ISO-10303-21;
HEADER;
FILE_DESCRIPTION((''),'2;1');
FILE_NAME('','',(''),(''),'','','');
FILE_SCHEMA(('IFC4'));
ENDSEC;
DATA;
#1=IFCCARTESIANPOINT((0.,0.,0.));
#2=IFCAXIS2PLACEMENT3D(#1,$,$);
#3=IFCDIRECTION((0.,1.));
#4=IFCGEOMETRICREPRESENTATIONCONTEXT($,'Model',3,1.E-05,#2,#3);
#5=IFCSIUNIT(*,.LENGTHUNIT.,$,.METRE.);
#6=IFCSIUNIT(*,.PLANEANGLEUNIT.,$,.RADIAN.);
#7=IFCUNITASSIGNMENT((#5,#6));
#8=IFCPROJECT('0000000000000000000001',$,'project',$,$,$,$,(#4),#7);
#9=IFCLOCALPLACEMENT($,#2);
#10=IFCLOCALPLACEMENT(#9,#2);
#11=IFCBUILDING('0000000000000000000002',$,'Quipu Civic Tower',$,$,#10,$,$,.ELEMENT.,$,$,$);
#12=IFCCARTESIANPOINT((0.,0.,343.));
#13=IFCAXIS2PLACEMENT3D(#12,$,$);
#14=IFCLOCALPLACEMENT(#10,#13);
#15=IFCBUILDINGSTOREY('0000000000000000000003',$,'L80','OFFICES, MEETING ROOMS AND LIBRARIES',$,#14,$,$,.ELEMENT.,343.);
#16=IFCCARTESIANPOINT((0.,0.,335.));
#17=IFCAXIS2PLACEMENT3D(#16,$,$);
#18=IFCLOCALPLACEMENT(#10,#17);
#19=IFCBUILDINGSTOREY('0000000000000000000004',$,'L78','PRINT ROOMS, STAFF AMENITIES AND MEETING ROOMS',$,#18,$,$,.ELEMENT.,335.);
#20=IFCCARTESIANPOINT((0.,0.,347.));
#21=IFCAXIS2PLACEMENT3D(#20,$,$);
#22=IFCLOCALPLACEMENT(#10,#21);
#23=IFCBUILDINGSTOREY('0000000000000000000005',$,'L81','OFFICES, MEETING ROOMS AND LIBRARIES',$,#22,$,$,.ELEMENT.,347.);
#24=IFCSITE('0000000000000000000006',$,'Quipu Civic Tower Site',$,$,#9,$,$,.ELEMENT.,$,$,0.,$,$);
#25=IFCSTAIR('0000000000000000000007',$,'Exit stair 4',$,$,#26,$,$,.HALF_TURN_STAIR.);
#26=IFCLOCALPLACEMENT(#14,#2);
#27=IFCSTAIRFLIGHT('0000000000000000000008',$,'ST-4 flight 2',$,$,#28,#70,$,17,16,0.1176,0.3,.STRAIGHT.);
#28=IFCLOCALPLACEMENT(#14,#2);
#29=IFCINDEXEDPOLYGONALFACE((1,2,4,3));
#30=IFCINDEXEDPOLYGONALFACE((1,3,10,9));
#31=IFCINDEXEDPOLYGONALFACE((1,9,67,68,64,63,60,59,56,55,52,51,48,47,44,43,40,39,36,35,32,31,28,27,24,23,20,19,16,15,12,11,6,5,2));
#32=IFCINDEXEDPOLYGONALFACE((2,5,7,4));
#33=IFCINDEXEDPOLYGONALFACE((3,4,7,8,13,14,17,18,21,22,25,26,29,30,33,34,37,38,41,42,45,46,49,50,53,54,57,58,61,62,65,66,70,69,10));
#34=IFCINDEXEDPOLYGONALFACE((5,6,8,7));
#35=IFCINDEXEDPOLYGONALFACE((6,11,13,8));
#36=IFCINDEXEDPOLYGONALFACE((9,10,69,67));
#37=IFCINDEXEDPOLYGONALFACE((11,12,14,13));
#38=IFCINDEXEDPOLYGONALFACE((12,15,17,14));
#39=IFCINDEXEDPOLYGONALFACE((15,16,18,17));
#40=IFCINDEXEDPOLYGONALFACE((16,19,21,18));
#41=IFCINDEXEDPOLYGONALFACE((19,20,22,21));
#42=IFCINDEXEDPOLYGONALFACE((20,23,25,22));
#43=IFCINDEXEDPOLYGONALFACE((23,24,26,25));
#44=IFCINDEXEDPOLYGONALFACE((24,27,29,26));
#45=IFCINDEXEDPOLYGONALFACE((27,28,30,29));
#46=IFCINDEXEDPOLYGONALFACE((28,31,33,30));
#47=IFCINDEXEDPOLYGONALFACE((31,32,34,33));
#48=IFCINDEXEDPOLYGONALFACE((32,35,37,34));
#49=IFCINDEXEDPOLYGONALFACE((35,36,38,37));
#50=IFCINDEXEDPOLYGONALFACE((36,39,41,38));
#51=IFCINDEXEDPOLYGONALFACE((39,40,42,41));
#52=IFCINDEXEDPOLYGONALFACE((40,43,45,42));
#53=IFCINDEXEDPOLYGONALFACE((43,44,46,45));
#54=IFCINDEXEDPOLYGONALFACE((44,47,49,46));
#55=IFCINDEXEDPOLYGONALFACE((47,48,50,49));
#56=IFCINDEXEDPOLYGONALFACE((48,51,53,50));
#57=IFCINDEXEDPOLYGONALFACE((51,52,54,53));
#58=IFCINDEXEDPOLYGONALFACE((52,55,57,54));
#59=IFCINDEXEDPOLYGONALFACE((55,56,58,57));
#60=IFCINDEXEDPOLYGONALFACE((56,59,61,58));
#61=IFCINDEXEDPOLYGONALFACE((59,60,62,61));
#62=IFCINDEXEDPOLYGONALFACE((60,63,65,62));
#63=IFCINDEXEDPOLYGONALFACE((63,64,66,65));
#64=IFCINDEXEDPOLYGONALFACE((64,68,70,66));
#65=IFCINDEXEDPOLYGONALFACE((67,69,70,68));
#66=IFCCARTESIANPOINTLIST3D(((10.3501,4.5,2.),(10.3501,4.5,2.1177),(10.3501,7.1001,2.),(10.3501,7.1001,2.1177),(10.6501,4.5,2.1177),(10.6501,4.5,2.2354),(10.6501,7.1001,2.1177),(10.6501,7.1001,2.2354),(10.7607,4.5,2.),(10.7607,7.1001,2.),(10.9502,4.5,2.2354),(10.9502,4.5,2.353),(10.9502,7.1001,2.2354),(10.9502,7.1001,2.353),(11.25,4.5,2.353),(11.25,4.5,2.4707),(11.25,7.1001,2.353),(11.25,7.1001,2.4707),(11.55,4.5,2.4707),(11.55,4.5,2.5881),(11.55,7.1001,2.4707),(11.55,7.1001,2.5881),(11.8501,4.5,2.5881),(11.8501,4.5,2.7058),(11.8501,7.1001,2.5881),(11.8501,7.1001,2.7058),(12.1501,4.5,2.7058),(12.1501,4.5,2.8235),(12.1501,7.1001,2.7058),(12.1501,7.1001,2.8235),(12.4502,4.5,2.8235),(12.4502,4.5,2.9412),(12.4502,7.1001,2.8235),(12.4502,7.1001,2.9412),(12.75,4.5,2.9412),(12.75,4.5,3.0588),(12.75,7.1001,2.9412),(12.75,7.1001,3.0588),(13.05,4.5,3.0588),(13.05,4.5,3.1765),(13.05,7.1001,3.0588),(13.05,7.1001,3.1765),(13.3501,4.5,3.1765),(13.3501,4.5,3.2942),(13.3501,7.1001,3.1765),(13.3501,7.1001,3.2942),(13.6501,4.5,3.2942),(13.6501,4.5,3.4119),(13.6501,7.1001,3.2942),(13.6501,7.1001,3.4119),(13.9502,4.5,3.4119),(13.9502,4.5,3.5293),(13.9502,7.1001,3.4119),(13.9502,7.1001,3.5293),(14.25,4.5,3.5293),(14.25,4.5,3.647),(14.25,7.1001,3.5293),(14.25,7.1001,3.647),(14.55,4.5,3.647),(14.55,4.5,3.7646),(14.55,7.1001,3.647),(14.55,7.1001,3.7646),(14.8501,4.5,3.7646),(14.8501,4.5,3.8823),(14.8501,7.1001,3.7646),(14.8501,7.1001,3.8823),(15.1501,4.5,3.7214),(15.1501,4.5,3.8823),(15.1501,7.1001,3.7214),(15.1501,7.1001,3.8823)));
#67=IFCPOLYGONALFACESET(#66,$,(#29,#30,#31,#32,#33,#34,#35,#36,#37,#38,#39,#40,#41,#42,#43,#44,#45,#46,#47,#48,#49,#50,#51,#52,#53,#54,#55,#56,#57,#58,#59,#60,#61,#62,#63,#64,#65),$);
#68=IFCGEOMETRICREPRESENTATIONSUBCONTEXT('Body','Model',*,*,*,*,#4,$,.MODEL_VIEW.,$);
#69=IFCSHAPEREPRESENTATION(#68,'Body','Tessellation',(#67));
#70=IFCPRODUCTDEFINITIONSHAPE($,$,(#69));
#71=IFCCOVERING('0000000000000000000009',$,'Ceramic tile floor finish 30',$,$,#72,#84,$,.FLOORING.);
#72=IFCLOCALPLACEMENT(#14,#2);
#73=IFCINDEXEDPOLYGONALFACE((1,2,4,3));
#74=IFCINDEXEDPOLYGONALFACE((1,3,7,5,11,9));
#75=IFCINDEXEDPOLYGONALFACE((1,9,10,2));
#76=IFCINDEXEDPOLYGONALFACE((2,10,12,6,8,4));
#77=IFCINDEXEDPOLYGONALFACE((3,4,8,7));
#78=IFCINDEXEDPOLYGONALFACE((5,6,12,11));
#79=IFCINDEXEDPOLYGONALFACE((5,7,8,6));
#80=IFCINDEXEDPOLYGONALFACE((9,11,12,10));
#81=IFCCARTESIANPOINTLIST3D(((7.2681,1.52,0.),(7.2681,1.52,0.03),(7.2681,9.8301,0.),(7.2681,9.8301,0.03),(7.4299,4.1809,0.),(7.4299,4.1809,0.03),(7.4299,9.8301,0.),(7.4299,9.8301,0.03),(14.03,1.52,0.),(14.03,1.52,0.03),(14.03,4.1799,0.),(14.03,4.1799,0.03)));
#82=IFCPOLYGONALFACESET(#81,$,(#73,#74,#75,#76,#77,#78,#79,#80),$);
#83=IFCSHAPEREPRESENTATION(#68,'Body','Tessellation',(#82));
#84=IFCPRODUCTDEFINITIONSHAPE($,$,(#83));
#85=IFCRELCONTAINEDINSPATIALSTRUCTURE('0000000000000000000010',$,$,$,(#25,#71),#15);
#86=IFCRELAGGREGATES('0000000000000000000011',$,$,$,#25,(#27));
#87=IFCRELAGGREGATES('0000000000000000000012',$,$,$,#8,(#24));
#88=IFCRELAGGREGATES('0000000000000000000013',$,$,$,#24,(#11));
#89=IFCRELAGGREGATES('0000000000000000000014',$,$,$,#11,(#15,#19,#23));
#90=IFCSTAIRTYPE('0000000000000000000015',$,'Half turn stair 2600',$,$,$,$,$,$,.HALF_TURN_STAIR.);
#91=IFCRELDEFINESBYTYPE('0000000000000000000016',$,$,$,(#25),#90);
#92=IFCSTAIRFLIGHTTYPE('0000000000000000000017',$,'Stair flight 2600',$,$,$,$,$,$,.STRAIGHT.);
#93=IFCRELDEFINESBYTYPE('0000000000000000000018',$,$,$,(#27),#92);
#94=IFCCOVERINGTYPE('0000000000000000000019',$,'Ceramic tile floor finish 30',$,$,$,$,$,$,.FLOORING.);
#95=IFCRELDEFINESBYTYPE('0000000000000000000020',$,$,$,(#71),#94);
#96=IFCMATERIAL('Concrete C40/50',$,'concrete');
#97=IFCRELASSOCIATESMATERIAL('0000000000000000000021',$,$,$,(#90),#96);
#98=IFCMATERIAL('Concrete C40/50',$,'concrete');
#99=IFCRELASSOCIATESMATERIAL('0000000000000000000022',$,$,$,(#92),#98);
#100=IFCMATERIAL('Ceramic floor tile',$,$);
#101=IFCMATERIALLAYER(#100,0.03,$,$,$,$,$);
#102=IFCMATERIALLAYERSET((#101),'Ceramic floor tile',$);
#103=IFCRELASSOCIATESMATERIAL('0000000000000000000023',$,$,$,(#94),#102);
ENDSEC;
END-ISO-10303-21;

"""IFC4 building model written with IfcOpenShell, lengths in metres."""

from ifc_helpers import new_model, si_unit, direction, frame, origin, place, context, subcontext, project, spatial, polyline, outline, extrude, material, layer, layer_set, type_object, element, aggregate, save


model = new_model("IFC4")

# Units and contexts
model_context = context("Model", 3, precision=1e-05, world=origin(), true_north=direction((0.0, 1.0)))
body_context = subcontext(model_context, "Body", "Model", "MODEL_VIEW")
ifc_project = project(units=[si_unit("LENGTHUNIT", "METRE"), si_unit("PLANEANGLEUNIT", "RADIAN")], contexts=[model_context])

# Site, building, storey
site_placement = place(None, origin())
site = spatial("IfcSite", under=ifc_project, at=site_placement, Name="Quipu Civic Tower Site", CompositionType="ELEMENT", RefElevation=0.0)
building_placement = place(site_placement, origin())
building = spatial("IfcBuilding", under=site, at=building_placement, Name="Quipu Civic Tower", CompositionType="ELEMENT")
storey_1_placement = place(building_placement, frame((0.0, 0.0, 343.0)))
storey_1 = spatial("IfcBuildingStorey", under=building, at=storey_1_placement, Name="L80", Description="OFFICES, MEETING ROOMS AND LIBRARIES", CompositionType="ELEMENT", Elevation=343.0)

# Shared definitions
storey_2_placement = place(building_placement, frame((0.0, 0.0, 335.0)))
storey_2 = spatial("IfcBuildingStorey", under=building, at=storey_2_placement, Name="L78", Description="PRINT ROOMS, STAFF AMENITIES AND MEETING ROOMS", CompositionType="ELEMENT", Elevation=335.0)

# Shared definitions
storey_3_placement = place(building_placement, frame((0.0, 0.0, 347.0)))
storey_3 = spatial("IfcBuildingStorey", under=building, at=storey_3_placement, Name="L81", Description="OFFICES, MEETING ROOMS AND LIBRARIES", CompositionType="ELEMENT", Elevation=347.0)

# Stair, stair flight
ifc_material_1 = material(Name="Concrete C40/50", Category="concrete")
stair_type = type_object("IfcStairType", Name="Half turn stair 2600", PredefinedType="HALF_TURN_STAIR", material=ifc_material_1)
stair_placement = place(storey_1_placement, origin())
stair = element("IfcStair", 1, at=stair_placement, inside=storey_1, type_object=stair_type, Name="Exit stair 4", PredefinedType="HALF_TURN_STAIR")
ifc_material_2 = material(Name="Concrete C40/50", Category="concrete")
stair_flight_type = type_object("IfcStairFlightType", Name="Stair flight 2600", PredefinedType="STRAIGHT", material=ifc_material_2)
stair_flight_placement = place(storey_1_placement, frame((10.3501, 5.8, 2.0), z_axis=(0.0, 0.0, 1.0), x_axis=(1.0, 0.0, 0.0)))
stair_flight = element("IfcStairFlight", 2, at=stair_flight_placement, type_object=stair_flight_type, Name="ST-4 flight 2", NumberOfRisers=17, NumberOfTreads=16, PredefinedType="STRAIGHT", RiserHeight=0.1176, TreadLength=0.3, context=body_context, shape_type="SweptSolid", body=[
    extrude(outline(polyline([(0.0, 0.0), (0.0, 0.1177), (0.3, 0.1177), (0.3, 0.2354), (0.6001, 0.2354), (0.6001, 0.353), (0.8999, 0.353), (0.8999, 0.4707), (1.2, 0.4707), (1.2, 0.5881), (1.5, 0.5881), (1.5, 0.7058), (1.8, 0.7058), (1.8, 0.8235), (2.1001, 0.8235), (2.1001, 0.9412), (2.3999, 0.9412), (2.3999, 1.0588), (2.7, 1.0588), (2.7, 1.1765), (3.0, 1.1765), (3.0, 1.2942), (3.3, 1.2942), (3.3, 1.4119), (3.6001, 1.4119), (3.6001, 1.5293), (3.8999, 1.5293), (3.8999, 1.647), (4.2, 1.647), (4.2, 1.7646), (4.5, 1.7646), (4.5, 1.8823), (4.8, 1.8823), (4.8, 2.0), (4.8, 1.7214), (0.4106, 0.0), (0.0, 0.0)])), frame((0.0, 1.3, 0.0), z_axis=(0.0, -1.0, 0.0), x_axis=(1.0, 0.0, 0.0)), (0.0, 0.0, 1.0), 2.6001),
])
aggregate(stair, [stair_flight])

# Covering
ifc_material_3 = material(Name="Ceramic floor tile")
ifc_layer_1 = layer(ifc_material_3, 0.03)
ifc_layer_set_1 = layer_set([ifc_layer_1], Name="Ceramic floor tile")
covering_type = type_object("IfcCoveringType", Name="Ceramic tile floor finish 30", PredefinedType="FLOORING", material=ifc_layer_set_1)
covering_placement = place(storey_1_placement, origin())
element("IfcCovering", 3, at=covering_placement, inside=storey_1, type_object=covering_type, Name="Ceramic tile floor finish 30", PredefinedType="FLOORING", context=body_context, shape_type="SweptSolid", body=[
    extrude(outline(polyline([(7.2681, 1.52), (7.2681, 9.8301), (7.4299, 9.8301), (7.4299, 4.1809), (14.03, 4.1799), (14.03, 1.52), (7.2681, 1.52)])), origin(), (0.0, 0.0, 1.0), 0.03),
])

save(model, "model.ifc")
